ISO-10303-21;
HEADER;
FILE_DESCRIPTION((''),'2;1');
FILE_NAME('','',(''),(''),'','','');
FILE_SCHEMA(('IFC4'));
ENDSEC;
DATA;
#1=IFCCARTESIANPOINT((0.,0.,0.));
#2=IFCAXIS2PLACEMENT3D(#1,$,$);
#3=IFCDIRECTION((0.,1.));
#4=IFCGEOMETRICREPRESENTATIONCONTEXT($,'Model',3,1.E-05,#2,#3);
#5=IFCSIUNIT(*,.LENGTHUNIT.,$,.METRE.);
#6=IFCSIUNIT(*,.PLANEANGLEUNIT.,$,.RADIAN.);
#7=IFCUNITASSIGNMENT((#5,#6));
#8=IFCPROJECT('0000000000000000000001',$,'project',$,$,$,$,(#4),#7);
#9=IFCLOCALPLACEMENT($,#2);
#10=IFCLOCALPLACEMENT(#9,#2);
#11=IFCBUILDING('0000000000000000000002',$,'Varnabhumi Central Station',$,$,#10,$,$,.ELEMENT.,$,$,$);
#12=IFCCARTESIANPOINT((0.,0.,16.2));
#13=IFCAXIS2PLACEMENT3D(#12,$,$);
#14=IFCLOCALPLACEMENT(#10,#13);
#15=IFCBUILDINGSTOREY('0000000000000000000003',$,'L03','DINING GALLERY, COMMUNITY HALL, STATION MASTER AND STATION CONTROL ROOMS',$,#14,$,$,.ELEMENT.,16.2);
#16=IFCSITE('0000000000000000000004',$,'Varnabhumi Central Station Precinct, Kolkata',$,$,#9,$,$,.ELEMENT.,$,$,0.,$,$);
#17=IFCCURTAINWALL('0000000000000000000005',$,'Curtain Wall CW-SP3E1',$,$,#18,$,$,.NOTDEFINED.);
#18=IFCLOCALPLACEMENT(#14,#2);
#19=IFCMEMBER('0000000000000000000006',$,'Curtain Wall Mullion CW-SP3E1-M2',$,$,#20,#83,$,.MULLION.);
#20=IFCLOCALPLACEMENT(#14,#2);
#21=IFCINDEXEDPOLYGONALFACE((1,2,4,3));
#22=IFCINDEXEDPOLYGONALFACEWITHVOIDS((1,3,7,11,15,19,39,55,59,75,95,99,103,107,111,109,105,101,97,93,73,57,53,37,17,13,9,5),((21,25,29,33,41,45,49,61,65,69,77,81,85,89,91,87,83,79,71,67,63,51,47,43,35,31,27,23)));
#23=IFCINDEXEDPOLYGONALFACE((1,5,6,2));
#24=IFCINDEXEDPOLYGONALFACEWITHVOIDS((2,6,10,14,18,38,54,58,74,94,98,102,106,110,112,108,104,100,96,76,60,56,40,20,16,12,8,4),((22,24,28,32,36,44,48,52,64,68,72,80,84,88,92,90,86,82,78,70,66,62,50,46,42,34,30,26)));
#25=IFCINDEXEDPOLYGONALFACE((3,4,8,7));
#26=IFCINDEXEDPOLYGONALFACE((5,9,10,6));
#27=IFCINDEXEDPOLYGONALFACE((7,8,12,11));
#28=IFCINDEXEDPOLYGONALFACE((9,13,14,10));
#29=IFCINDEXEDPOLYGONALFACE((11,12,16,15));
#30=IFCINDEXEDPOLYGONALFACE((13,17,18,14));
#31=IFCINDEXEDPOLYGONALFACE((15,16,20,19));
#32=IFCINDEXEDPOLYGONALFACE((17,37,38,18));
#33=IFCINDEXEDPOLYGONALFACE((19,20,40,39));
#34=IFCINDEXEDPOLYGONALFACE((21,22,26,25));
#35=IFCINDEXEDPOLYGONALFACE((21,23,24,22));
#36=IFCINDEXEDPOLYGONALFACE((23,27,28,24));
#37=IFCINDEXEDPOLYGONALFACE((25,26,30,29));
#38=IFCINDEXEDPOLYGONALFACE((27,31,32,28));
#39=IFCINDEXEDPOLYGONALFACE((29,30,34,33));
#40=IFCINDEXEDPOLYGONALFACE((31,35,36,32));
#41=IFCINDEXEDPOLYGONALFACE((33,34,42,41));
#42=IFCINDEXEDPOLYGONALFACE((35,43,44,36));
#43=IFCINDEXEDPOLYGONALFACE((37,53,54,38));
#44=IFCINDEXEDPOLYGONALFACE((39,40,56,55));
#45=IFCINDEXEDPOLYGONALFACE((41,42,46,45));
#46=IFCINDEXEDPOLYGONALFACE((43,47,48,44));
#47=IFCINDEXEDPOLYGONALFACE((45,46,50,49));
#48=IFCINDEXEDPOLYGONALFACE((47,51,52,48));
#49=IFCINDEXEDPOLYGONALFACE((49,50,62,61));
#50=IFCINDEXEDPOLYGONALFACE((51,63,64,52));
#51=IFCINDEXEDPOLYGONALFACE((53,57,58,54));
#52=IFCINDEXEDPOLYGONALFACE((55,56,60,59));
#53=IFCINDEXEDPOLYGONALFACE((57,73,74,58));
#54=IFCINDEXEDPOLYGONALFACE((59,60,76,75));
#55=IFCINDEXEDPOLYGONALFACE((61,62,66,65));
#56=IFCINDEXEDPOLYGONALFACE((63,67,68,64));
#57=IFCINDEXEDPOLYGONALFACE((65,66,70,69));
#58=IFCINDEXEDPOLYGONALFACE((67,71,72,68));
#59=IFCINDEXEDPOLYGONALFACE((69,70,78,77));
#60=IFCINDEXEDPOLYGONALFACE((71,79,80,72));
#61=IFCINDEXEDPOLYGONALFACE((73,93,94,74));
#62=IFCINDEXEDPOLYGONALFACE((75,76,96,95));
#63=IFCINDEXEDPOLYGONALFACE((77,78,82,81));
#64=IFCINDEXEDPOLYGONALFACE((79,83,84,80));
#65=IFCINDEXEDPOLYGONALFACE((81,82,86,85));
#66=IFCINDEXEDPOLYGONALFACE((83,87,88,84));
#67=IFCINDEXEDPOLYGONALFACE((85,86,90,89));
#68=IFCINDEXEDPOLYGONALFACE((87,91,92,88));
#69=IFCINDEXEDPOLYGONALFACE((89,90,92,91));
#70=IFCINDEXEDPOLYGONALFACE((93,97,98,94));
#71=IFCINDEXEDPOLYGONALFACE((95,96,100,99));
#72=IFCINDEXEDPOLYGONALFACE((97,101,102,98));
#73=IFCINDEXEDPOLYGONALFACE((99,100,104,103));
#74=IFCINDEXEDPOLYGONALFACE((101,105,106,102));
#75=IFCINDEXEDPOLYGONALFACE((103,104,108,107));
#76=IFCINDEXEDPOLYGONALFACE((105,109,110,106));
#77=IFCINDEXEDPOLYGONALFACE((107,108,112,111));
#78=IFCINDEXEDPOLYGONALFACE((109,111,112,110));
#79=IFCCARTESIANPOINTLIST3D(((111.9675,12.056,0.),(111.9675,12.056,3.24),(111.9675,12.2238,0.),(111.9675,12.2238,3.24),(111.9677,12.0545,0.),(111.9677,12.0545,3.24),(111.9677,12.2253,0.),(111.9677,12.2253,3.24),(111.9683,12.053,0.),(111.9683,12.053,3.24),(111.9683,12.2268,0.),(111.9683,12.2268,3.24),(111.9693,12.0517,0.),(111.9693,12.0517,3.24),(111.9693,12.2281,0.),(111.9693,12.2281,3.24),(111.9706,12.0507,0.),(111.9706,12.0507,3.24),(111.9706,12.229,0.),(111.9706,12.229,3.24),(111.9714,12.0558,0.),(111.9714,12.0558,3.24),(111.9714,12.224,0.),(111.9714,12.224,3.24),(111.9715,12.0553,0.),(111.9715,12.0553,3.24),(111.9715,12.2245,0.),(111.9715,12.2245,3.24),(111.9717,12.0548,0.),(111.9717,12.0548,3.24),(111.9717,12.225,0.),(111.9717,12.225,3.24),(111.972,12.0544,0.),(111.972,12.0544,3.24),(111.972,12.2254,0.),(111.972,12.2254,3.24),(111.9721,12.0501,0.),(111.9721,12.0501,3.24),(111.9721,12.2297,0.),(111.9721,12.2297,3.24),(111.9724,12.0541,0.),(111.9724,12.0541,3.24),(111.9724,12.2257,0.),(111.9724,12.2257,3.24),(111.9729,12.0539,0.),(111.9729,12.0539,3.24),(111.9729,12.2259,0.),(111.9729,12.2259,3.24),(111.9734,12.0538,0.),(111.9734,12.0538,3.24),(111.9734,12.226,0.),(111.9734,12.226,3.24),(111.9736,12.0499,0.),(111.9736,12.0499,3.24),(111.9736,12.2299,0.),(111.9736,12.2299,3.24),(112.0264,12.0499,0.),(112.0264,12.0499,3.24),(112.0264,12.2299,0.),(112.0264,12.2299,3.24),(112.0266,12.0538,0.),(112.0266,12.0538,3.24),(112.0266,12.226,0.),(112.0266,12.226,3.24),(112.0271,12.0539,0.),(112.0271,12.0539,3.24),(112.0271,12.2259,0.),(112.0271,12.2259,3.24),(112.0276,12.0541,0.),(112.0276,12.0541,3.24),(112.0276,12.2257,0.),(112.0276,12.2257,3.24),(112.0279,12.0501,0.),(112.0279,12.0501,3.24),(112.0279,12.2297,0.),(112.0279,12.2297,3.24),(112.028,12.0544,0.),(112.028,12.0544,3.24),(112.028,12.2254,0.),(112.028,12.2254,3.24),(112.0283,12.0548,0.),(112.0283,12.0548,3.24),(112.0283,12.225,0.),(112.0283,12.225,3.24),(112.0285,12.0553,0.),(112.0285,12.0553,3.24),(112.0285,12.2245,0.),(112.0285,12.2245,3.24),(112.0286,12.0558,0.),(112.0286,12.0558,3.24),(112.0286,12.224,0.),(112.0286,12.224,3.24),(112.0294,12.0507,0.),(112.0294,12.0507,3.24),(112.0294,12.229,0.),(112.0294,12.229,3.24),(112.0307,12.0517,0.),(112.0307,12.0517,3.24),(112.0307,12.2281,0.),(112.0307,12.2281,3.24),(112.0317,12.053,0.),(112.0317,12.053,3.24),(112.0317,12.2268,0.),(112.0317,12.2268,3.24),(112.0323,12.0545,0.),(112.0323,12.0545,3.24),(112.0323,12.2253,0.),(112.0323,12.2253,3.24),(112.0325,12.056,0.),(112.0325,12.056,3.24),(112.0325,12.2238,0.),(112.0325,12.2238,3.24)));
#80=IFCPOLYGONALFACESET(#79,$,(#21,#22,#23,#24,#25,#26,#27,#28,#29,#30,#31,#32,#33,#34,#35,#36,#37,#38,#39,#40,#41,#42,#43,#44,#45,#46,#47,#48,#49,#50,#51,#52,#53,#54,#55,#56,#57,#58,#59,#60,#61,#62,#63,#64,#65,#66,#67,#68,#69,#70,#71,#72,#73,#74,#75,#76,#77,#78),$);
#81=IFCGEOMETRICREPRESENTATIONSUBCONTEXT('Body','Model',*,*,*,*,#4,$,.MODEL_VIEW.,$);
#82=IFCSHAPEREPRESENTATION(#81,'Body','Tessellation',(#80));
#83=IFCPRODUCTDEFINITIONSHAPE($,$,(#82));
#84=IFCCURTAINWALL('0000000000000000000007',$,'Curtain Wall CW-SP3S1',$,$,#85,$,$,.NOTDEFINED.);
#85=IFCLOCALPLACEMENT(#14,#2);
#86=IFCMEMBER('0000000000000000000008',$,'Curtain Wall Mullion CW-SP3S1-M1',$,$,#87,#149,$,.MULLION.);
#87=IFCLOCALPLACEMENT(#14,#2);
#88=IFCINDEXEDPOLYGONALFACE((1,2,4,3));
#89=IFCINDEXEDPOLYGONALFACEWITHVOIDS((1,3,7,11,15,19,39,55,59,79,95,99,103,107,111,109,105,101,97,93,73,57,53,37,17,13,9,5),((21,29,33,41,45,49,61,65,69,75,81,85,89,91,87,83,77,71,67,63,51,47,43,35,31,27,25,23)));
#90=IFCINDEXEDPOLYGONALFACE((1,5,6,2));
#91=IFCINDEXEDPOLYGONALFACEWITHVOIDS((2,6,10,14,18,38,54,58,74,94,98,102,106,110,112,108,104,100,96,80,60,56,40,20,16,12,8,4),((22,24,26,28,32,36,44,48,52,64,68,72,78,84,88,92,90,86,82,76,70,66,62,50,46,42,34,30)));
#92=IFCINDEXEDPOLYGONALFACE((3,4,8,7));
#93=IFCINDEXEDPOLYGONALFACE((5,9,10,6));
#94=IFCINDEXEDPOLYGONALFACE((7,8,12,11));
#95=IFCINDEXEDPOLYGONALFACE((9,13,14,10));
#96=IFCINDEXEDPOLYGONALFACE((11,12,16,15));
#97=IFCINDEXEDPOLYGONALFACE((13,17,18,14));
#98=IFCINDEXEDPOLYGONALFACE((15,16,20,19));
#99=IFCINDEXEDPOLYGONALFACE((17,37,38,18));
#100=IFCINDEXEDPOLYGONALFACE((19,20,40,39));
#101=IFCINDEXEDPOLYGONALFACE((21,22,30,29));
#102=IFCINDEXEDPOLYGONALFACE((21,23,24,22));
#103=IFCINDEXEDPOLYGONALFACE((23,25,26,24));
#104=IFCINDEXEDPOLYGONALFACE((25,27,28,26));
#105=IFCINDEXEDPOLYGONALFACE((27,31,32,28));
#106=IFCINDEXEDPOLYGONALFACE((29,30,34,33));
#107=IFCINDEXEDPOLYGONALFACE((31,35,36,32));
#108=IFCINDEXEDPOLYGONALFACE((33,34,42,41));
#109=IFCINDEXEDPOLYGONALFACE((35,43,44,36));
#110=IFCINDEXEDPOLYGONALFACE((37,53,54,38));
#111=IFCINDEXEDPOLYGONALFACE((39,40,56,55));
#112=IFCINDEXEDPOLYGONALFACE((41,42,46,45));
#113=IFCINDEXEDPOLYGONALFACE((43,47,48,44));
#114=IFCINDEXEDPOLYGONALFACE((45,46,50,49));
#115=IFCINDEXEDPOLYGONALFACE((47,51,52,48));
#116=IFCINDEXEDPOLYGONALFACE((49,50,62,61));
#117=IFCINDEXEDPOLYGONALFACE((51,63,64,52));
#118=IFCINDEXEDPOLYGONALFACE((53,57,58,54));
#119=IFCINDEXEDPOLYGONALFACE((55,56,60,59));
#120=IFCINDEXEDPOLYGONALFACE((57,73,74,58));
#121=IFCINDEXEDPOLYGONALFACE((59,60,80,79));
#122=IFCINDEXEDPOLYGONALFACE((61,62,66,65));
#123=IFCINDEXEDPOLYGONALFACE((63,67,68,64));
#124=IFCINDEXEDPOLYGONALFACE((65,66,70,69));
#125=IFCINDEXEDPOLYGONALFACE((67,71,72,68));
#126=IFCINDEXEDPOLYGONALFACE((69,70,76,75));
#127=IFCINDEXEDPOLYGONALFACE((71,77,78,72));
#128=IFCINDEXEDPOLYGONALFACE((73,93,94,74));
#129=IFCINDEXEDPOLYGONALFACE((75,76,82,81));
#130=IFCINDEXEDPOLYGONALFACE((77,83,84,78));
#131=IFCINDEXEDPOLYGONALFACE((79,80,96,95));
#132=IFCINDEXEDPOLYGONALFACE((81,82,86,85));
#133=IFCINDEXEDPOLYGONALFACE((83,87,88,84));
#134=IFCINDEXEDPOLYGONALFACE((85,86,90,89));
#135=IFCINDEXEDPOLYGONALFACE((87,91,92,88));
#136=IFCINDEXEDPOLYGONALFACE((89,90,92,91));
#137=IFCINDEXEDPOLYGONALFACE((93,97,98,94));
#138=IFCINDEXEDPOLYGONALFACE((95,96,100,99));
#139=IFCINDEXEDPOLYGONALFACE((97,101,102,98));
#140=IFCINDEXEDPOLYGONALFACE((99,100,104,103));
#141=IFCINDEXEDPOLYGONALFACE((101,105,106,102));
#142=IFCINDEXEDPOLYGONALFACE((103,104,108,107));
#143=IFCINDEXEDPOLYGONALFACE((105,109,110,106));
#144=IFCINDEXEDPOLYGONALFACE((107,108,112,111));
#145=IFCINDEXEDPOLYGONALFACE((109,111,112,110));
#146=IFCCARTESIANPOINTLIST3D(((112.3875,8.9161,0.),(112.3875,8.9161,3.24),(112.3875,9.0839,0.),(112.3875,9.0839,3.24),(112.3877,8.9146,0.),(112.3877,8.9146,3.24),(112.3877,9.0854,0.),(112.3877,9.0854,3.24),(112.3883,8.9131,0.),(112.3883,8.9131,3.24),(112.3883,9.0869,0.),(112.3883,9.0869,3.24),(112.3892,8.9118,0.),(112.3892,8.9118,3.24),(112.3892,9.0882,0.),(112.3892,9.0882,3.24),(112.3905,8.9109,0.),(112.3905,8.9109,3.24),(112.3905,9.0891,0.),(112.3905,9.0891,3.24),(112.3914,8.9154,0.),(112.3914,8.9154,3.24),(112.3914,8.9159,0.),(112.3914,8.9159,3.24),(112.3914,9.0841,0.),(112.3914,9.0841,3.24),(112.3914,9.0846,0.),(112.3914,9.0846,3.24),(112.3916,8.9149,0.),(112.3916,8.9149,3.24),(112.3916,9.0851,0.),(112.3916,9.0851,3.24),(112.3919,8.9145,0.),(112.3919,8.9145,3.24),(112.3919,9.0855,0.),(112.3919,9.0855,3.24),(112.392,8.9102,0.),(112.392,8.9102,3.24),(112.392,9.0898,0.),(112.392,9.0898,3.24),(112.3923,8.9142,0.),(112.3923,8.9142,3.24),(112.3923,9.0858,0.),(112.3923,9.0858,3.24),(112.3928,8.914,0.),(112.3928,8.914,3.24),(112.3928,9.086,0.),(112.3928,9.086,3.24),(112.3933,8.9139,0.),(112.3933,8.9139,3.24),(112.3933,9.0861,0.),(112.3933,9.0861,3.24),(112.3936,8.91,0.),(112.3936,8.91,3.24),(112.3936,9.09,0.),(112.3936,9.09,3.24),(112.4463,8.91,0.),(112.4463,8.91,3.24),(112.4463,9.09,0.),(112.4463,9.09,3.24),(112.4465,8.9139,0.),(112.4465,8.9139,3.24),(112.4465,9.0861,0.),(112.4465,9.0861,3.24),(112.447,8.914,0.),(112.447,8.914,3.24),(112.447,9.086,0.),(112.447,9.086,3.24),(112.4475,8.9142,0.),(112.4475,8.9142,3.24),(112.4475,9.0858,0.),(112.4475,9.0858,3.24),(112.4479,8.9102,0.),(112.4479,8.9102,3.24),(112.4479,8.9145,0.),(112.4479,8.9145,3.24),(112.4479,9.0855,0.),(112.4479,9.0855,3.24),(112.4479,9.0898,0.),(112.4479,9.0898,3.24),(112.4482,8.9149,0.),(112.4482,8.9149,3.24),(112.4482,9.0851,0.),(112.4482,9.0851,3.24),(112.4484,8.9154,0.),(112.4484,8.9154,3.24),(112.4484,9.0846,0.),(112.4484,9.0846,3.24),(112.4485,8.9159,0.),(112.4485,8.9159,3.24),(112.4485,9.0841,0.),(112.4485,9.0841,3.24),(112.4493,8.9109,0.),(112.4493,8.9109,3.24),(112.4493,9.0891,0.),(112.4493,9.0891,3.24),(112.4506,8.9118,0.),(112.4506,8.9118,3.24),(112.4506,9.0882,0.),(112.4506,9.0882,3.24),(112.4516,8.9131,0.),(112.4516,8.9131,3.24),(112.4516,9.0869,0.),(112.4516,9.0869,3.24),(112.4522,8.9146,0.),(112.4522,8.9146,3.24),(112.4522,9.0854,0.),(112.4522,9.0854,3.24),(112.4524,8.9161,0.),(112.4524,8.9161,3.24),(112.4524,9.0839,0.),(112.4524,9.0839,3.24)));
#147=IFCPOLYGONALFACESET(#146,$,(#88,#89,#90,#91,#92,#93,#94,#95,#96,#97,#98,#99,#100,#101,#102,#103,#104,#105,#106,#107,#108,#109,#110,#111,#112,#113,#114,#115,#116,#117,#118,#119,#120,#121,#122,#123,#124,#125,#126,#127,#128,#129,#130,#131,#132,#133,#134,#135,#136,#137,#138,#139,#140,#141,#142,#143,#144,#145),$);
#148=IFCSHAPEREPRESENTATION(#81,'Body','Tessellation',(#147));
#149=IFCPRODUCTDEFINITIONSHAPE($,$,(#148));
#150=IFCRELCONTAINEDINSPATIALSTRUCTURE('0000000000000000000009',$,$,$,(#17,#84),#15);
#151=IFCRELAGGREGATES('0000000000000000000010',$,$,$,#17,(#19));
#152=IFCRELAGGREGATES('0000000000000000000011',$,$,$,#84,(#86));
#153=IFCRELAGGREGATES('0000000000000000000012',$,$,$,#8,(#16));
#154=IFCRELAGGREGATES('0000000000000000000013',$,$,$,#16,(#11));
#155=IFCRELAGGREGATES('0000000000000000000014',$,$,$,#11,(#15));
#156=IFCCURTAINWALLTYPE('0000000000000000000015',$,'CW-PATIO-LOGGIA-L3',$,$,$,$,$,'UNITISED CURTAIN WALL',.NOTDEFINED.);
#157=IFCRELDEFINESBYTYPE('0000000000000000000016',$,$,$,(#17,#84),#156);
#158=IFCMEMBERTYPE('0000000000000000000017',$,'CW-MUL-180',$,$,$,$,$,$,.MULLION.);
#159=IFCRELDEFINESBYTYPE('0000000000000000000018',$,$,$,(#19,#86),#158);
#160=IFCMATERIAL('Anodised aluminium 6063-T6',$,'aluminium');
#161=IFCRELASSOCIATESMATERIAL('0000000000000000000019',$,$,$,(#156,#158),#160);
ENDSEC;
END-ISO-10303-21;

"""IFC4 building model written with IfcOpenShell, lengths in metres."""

from ifc_helpers import new_model, si_unit, direction, frame, origin, origin_2d, place, context, subcontext, project, spatial, hollow_rectangle, extrude, material, material_profile, profile_set, type_object, element, aggregate, save


model = new_model("IFC4")

# Units and contexts
model_context = context("Model", 3, precision=1e-05, world=origin(), true_north=direction((0.0, 1.0)))
body_context = subcontext(model_context, "Body", "Model", "MODEL_VIEW")
ifc_project = project(units=[si_unit("LENGTHUNIT", "METRE"), si_unit("PLANEANGLEUNIT", "RADIAN")], contexts=[model_context])

# Site, building, storey
site_placement = place(None, origin())
site = spatial("IfcSite", under=ifc_project, at=site_placement, Name="Varnabhumi Central Station Precinct, Kolkata", CompositionType="ELEMENT", RefElevation=0.0)
building_placement = place(site_placement, origin())
building = spatial("IfcBuilding", under=site, at=building_placement, Name="Varnabhumi Central Station", CompositionType="ELEMENT")
storey_placement = place(building_placement, frame((0.0, 0.0, 16.2)))
storey = spatial("IfcBuildingStorey", under=building, at=storey_placement, Name="L03", Description="DINING GALLERY, COMMUNITY HALL, STATION MASTER AND STATION CONTROL ROOMS", CompositionType="ELEMENT", Elevation=16.2)

# Curtain walls, members
ifc_material_1 = material(Name="Anodised aluminium 6063-T6", Category="aluminium")
curtain_wall_type = type_object("IfcCurtainWallType", Name="CW-PATIO-LOGGIA-L3", ElementType="UNITISED CURTAIN WALL", PredefinedType="NOTDEFINED", material=ifc_material_1)
curtain_wall_1_placement = place(storey_placement, origin())
curtain_wall_1 = element("IfcCurtainWall", 1, at=curtain_wall_1_placement, inside=storey, type_object=curtain_wall_type, Name="Curtain Wall CW-SP3E1", PredefinedType="NOTDEFINED")
ifc_material_profile_1 = material_profile(ifc_material_1, hollow_rectangle(XDim=0.0649, YDim=0.1799, WallThickness=0.0039, InnerFilletRadius=0.002, OuterFilletRadius=0.0061, at=origin_2d()), Name="Anodised aluminium 6063-T6", Category="aluminium")
ifc_profile_set_1 = profile_set([ifc_material_profile_1], Name="Anodised aluminium 6063-T6")
member_type_1 = type_object("IfcMemberType", Name="CW-MUL-180", PredefinedType="MULLION", material=ifc_profile_set_1)
member_1_placement = place(storey_placement, frame((112.0, 12.1399, 0.0), z_axis=(0.0, 0.0, 1.0), x_axis=(1.0, 0.0, 0.0)))
member_1 = element("IfcMember", 2, at=member_1_placement, type_object=member_type_1, Name="Curtain Wall Mullion CW-SP3E1-M2", PredefinedType="MULLION", context=body_context, shape_type="SweptSolid", body=[
    extrude(hollow_rectangle(XDim=0.0649, YDim=0.1799, WallThickness=0.0039, InnerFilletRadius=0.002, OuterFilletRadius=0.0061, at=origin_2d()), origin(), (0.0, 0.0, 1.0), 3.24),
])
curtain_wall_2_placement = place(storey_placement, origin())
curtain_wall_2 = element("IfcCurtainWall", 3, at=curtain_wall_2_placement, inside=storey, type_object=curtain_wall_type, Name="Curtain Wall CW-SP3S1", PredefinedType="NOTDEFINED")
member_2_placement = place(storey_placement, frame((112.4199, 9.0, 0.0), z_axis=(0.0, 0.0, 1.0), x_axis=(1.0, 0.0, 0.0)))
member_2 = element("IfcMember", 4, at=member_2_placement, type_object=member_type_1, Name="Curtain Wall Mullion CW-SP3S1-M1", PredefinedType="MULLION", context=body_context, shape_type="SweptSolid", body=[
    extrude(hollow_rectangle(XDim=0.0649, YDim=0.1799, WallThickness=0.0039, InnerFilletRadius=0.002, OuterFilletRadius=0.0061, at=origin_2d()), origin(), (0.0, 0.0, 1.0), 3.24),
])

aggregate(curtain_wall_1, [member_1])
aggregate(curtain_wall_2, [member_2])

save(model, "model.ifc")
